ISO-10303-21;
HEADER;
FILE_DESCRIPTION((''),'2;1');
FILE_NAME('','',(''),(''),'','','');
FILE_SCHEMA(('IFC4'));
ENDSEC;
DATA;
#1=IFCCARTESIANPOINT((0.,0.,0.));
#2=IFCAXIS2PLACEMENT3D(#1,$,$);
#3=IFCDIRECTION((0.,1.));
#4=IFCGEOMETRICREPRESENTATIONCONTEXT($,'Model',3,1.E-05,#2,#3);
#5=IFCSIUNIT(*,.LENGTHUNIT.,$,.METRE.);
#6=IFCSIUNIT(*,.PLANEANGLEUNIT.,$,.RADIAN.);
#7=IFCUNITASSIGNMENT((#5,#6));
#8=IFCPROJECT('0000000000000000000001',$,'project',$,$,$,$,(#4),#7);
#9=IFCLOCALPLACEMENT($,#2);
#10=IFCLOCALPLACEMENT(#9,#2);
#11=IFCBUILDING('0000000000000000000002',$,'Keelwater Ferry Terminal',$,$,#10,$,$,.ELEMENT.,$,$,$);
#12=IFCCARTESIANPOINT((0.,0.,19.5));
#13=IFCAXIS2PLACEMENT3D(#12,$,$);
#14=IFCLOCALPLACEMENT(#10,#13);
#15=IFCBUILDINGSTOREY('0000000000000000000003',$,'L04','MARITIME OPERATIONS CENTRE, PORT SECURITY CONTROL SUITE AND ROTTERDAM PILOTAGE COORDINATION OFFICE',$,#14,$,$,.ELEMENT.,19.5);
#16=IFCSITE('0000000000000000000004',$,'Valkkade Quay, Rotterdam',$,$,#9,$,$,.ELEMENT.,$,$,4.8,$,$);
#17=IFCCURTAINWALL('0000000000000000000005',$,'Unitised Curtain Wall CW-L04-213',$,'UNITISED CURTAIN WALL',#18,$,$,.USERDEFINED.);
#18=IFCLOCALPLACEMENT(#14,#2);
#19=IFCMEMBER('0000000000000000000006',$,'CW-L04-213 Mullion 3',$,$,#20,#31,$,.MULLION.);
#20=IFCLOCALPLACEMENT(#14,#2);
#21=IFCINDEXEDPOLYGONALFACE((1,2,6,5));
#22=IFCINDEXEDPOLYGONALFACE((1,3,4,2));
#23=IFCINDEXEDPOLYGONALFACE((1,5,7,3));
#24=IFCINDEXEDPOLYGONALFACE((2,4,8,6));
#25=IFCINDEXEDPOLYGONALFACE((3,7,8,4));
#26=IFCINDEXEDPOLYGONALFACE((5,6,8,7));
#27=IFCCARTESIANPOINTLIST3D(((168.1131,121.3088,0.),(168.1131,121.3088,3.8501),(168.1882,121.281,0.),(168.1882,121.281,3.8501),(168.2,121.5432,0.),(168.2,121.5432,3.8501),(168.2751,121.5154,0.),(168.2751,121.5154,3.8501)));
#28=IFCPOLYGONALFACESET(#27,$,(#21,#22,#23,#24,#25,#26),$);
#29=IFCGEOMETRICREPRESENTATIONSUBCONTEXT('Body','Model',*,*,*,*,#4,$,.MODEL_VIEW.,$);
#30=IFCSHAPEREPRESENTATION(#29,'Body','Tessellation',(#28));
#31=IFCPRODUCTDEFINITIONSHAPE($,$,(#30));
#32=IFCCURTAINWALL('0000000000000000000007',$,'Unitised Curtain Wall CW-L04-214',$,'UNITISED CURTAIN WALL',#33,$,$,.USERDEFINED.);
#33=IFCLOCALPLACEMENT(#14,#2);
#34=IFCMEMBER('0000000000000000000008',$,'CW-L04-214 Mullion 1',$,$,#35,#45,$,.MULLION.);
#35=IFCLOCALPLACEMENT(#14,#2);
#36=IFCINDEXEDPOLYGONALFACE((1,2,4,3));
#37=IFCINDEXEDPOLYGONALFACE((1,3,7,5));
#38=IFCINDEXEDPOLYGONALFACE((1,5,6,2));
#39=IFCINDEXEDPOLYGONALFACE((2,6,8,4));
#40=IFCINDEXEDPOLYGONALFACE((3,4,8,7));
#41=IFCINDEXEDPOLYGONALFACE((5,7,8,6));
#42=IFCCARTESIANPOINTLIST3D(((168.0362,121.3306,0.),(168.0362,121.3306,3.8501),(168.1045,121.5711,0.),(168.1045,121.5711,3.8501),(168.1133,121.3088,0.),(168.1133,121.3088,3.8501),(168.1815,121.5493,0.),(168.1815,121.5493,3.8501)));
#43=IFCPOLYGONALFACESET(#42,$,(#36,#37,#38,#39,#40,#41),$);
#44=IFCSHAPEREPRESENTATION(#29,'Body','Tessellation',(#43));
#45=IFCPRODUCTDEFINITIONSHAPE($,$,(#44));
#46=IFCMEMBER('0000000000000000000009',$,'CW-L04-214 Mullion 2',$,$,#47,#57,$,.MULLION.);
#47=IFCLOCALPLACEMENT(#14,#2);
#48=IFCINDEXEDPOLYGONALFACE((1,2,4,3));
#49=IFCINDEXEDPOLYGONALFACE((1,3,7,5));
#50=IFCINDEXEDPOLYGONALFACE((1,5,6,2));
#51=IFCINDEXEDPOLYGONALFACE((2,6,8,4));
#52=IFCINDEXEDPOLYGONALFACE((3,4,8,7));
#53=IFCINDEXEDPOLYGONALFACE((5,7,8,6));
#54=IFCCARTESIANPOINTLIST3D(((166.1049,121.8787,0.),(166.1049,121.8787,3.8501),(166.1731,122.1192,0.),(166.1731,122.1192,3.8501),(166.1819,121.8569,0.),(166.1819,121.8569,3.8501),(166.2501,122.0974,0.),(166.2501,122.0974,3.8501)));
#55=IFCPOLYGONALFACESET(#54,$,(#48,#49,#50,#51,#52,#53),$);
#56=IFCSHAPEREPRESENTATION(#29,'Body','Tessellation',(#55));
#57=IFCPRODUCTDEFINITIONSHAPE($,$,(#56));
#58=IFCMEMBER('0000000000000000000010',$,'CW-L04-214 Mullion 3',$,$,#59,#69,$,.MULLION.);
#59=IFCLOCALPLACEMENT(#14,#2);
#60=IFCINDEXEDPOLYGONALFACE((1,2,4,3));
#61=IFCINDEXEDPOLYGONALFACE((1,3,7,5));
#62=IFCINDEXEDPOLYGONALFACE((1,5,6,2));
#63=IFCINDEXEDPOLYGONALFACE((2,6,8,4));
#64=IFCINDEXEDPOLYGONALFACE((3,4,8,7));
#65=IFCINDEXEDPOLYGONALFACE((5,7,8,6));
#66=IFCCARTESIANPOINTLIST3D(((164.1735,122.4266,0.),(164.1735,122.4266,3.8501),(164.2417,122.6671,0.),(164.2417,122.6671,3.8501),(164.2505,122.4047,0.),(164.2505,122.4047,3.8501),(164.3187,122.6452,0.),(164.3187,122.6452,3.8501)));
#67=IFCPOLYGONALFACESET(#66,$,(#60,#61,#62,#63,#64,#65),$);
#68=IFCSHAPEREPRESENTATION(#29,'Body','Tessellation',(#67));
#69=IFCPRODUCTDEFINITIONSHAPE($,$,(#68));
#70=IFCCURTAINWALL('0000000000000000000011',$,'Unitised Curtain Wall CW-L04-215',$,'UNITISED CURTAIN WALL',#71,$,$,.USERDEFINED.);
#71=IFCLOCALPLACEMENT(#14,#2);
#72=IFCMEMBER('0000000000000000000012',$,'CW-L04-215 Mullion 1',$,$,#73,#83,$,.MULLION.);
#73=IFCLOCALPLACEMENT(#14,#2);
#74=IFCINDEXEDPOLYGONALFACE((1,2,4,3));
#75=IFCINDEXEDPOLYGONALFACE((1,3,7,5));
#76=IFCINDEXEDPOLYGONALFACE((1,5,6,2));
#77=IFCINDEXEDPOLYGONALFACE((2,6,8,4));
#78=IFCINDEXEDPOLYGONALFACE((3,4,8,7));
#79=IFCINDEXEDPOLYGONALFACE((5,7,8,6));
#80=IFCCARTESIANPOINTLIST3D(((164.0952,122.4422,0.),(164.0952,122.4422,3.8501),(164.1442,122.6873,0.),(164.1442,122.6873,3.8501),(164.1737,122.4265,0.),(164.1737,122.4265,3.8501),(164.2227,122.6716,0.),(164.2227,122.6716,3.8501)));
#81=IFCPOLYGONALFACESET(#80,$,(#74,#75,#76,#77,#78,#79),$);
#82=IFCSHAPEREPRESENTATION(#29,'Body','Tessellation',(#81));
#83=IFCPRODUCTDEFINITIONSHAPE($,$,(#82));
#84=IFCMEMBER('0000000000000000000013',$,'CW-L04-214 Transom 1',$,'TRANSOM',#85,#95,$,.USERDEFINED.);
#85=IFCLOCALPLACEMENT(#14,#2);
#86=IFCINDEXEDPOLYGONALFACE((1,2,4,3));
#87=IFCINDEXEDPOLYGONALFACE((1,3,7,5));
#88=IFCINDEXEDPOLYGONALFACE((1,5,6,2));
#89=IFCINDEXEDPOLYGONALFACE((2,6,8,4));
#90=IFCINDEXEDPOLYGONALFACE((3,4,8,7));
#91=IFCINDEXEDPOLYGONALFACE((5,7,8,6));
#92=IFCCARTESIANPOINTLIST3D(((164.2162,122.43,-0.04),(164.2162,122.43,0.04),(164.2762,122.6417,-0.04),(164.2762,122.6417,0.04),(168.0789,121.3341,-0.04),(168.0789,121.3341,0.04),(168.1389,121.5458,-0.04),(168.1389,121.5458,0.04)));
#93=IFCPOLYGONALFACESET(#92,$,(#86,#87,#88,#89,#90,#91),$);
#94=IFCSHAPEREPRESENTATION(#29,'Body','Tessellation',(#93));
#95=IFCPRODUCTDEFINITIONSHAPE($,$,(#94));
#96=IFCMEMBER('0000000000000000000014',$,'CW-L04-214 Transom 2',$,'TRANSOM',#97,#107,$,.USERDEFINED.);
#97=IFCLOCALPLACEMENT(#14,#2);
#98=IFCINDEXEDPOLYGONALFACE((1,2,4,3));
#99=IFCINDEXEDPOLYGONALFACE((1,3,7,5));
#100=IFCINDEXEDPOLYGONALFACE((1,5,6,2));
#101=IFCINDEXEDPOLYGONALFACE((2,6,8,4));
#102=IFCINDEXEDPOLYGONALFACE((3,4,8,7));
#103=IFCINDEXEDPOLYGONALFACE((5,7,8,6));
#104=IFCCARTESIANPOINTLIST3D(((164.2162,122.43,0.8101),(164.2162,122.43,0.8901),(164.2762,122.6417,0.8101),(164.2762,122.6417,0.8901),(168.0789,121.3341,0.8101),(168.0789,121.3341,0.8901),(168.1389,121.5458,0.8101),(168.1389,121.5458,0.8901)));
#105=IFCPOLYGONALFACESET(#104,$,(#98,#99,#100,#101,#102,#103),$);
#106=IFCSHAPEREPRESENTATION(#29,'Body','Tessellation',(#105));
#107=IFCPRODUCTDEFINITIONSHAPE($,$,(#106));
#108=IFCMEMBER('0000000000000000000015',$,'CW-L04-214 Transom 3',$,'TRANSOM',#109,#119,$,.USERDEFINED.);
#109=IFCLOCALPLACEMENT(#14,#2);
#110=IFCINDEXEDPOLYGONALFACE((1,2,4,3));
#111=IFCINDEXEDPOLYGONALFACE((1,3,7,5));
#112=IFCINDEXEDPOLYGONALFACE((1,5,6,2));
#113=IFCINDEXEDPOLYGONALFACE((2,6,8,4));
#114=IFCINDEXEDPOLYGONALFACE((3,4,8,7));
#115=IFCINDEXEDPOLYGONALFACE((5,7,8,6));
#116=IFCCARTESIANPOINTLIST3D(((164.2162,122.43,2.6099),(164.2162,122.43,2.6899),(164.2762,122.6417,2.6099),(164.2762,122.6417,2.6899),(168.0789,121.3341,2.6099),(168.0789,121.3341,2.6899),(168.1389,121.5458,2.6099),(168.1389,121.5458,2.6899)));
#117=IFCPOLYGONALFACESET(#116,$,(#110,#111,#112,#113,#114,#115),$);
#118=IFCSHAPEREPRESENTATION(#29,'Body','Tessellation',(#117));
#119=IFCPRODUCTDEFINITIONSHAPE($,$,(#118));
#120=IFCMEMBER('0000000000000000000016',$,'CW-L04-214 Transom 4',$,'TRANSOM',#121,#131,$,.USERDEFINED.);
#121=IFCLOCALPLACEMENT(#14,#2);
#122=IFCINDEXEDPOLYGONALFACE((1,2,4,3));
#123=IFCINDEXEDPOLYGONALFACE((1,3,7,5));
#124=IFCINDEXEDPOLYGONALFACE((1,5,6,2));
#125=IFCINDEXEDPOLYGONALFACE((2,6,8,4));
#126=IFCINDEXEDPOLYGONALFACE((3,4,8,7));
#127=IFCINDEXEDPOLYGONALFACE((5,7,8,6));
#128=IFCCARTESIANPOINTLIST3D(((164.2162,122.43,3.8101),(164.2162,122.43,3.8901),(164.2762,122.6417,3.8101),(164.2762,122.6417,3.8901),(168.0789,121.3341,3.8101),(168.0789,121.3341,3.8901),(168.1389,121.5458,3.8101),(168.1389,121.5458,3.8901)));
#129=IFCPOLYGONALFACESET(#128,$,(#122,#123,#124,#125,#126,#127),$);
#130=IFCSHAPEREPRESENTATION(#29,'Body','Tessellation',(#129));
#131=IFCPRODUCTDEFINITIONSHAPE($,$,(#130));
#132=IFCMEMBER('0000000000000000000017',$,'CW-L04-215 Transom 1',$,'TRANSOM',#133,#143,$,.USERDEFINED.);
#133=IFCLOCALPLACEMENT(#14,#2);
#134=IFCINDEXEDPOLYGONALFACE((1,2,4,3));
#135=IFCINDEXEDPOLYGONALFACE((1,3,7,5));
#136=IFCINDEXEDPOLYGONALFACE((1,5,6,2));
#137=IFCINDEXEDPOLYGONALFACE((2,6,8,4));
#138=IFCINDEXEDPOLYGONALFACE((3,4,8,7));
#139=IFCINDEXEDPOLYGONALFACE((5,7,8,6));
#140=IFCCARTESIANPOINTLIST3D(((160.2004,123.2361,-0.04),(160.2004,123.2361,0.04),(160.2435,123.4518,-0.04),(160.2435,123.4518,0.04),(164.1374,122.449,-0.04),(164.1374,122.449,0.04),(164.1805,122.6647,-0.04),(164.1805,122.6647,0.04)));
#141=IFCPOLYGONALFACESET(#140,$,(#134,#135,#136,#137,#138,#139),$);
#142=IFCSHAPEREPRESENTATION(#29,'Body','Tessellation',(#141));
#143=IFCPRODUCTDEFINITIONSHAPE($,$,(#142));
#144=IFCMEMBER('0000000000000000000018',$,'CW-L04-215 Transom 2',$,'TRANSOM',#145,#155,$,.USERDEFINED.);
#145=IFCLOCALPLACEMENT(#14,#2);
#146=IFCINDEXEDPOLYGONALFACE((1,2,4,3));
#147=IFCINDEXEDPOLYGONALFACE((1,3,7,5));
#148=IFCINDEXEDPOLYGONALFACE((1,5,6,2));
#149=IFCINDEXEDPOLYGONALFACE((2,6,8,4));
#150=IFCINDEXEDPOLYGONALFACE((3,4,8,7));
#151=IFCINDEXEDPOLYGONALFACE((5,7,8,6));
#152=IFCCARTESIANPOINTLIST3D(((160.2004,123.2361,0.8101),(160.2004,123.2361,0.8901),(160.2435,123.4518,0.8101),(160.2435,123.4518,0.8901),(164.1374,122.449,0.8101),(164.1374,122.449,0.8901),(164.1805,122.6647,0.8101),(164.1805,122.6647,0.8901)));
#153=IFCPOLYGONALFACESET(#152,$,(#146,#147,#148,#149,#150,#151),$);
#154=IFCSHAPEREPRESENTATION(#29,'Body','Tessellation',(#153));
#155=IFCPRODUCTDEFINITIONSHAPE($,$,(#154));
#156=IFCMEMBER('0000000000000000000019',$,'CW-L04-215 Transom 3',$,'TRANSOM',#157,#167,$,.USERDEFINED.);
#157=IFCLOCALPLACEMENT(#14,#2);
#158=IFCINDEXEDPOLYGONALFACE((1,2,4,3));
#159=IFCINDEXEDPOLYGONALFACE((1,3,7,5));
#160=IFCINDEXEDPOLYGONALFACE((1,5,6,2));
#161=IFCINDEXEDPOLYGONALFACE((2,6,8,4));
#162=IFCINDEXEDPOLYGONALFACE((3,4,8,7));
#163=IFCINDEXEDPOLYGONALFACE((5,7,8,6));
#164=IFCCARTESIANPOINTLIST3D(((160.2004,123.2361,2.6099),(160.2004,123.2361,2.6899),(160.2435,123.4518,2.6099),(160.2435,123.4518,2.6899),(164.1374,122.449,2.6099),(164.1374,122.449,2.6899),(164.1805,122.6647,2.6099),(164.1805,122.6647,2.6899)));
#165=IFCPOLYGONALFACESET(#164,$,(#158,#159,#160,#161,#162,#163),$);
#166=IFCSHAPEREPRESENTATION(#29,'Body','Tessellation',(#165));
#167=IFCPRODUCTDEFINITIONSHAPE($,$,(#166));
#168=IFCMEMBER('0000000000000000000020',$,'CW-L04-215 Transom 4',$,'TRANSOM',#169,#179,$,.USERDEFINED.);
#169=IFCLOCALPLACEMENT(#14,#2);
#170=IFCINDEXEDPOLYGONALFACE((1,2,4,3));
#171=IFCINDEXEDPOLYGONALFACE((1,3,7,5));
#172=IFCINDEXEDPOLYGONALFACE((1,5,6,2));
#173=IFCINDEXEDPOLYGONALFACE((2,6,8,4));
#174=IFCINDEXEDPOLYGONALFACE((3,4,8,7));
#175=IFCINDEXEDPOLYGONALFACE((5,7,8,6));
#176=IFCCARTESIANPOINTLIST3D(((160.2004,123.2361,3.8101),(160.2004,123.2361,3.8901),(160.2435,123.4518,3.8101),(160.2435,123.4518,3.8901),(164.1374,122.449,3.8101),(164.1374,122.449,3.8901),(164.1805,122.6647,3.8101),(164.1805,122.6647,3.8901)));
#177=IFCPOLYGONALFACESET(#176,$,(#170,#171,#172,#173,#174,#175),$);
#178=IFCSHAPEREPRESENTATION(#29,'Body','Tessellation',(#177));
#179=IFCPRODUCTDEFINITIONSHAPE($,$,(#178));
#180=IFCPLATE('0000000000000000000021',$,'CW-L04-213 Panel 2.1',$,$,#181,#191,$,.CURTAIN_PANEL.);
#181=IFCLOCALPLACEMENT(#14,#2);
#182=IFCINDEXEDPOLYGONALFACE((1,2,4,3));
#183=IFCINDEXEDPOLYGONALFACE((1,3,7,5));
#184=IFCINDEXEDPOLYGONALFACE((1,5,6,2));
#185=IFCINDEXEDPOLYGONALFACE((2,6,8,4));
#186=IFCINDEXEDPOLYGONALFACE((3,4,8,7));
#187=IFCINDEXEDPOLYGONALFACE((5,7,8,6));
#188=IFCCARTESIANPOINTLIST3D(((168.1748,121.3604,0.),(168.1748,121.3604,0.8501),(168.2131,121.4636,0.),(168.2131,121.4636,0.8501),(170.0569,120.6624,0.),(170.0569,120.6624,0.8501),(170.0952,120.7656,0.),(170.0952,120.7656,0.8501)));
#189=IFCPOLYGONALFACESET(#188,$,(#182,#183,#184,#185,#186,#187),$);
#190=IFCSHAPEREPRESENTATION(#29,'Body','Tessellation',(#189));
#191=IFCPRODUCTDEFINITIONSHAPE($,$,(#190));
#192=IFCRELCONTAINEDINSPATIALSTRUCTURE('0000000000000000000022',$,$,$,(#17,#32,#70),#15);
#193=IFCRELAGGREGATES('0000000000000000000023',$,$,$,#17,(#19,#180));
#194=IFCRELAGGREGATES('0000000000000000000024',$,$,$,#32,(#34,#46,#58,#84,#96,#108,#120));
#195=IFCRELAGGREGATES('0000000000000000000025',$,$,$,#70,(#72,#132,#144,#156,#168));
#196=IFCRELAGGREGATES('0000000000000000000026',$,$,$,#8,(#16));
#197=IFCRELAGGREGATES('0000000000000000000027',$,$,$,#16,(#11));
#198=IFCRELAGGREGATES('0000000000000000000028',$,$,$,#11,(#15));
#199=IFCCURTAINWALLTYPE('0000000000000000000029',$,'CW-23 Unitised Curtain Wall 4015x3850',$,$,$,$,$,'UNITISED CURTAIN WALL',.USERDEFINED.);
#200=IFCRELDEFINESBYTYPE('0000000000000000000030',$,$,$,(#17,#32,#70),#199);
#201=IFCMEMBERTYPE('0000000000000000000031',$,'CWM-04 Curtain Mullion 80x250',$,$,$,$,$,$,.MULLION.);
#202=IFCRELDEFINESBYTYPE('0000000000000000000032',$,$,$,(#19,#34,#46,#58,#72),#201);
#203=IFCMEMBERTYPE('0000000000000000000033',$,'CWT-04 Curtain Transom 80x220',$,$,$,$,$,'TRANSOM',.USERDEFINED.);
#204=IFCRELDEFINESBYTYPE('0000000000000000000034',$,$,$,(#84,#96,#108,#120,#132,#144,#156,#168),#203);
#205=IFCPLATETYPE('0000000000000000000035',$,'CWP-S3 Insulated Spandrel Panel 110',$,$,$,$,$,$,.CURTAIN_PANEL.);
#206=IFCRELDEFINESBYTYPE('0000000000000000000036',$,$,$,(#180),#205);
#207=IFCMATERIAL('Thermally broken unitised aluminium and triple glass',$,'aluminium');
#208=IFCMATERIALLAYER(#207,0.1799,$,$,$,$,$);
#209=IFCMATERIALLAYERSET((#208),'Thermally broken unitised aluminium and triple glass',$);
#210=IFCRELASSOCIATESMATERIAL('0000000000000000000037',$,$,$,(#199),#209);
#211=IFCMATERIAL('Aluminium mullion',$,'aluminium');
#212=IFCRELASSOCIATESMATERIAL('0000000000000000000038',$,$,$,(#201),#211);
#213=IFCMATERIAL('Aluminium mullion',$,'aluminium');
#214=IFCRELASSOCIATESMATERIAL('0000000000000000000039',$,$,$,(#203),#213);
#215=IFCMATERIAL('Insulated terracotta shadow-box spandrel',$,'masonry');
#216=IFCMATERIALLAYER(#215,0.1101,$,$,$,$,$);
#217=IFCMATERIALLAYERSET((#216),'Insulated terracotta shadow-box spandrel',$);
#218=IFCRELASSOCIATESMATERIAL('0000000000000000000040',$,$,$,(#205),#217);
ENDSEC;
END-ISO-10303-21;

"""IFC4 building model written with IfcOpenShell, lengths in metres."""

from ifc_helpers import new_model, si_unit, direction, frame, origin, origin_2d, place, context, subcontext, project, spatial, rectangle, extrude, material, layer, layer_set, material_profile, profile_set, type_object, element, aggregate, save


model = new_model("IFC4")

# Units and contexts
model_context = context("Model", 3, precision=1e-05, world=origin(), true_north=direction((0.0, 1.0)))
body_context = subcontext(model_context, "Body", "Model", "MODEL_VIEW")
ifc_project = project(units=[si_unit("LENGTHUNIT", "METRE"), si_unit("PLANEANGLEUNIT", "RADIAN")], contexts=[model_context])

# Site, building, storey
site_placement = place(None, origin())
site = spatial("IfcSite", under=ifc_project, at=site_placement, Name="Valkkade Quay, Rotterdam", CompositionType="ELEMENT", RefElevation=4.8)
building_placement = place(site_placement, origin())
building = spatial("IfcBuilding", under=site, at=building_placement, Name="Keelwater Ferry Terminal", CompositionType="ELEMENT")
storey_placement = place(building_placement, frame((0.0, 0.0, 19.5)))
storey = spatial("IfcBuildingStorey", under=building, at=storey_placement, Name="L04", Description="MARITIME OPERATIONS CENTRE, PORT SECURITY CONTROL SUITE AND ROTTERDAM PILOTAGE COORDINATION OFFICE", CompositionType="ELEMENT", Elevation=19.5)

# Curtain wall, member
ifc_material_1 = material(Name="Thermally broken unitised aluminium and triple glass", Category="aluminium")
ifc_layer_1 = layer(ifc_material_1, 0.1799)
ifc_layer_set_1 = layer_set([ifc_layer_1], Name="Thermally broken unitised aluminium and triple glass")
curtain_wall_type = type_object("IfcCurtainWallType", Name="CW-23 Unitised Curtain Wall 4015x3850", ElementType="UNITISED CURTAIN WALL", PredefinedType="USERDEFINED", material=ifc_layer_set_1)
curtain_wall_1_placement = place(storey_placement, origin())
curtain_wall_1 = element("IfcCurtainWall", 1, at=curtain_wall_1_placement, inside=storey, type_object=curtain_wall_type, Name="Unitised Curtain Wall CW-L04-213", ObjectType="UNITISED CURTAIN WALL", PredefinedType="USERDEFINED")
ifc_material_2 = material(Name="Aluminium mullion", Category="aluminium")
ifc_material_profile_1 = material_profile(ifc_material_2, rectangle(XDim=0.0801, YDim=0.25, at=origin_2d()), Name="CWM-04")
ifc_profile_set_1 = profile_set([ifc_material_profile_1], Name="Aluminium mullion")
member_type_1 = type_object("IfcMemberType", Name="CWM-04 Curtain Mullion 80x250", PredefinedType="MULLION", material=ifc_profile_set_1)
member_1_placement = place(storey_placement, frame((168.1941, 121.4121, 0.0), z_axis=(0.0, 0.0, 1.0), x_axis=(-0.937592, 0.347736, 0.0)))
member_1 = element("IfcMember", 2, at=member_1_placement, type_object=member_type_1, Name="CW-L04-213 Mullion 3", PredefinedType="MULLION", context=body_context, shape_type="SweptSolid", body=[
    extrude(rectangle(XDim=0.0801, YDim=0.25, at=origin_2d()), origin(), (0.0, 0.0, 1.0), 3.8501),
])

# Curtain wall, members
curtain_wall_2_placement = place(storey_placement, origin())
curtain_wall_2 = element("IfcCurtainWall", 3, at=curtain_wall_2_placement, inside=storey, type_object=curtain_wall_type, Name="Unitised Curtain Wall CW-L04-214", ObjectType="UNITISED CURTAIN WALL", PredefinedType="USERDEFINED")
member_2_placement = place(storey_placement, frame((168.1089, 121.4399, 0.0), z_axis=(0.0, 0.0, 1.0), x_axis=(-0.96203, 0.272945, 0.0)))
member_2 = element("IfcMember", 4, at=member_2_placement, type_object=member_type_1, Name="CW-L04-214 Mullion 1", PredefinedType="MULLION", context=body_context, shape_type="SweptSolid", body=[
    extrude(rectangle(XDim=0.0801, YDim=0.25, at=origin_2d()), origin(), (0.0, 0.0, 1.0), 3.8501),
])
member_3_placement = place(storey_placement, frame((166.1775, 121.988, 0.0), z_axis=(0.0, 0.0, 1.0), x_axis=(-0.96203, 0.272945, 0.0)))
member_3 = element("IfcMember", 5, at=member_3_placement, type_object=member_type_1, Name="CW-L04-214 Mullion 2", PredefinedType="MULLION", context=body_context, shape_type="SweptSolid", body=[
    extrude(rectangle(XDim=0.0801, YDim=0.25, at=origin_2d()), origin(), (0.0, 0.0, 1.0), 3.8501),
])
member_4_placement = place(storey_placement, frame((164.2461, 122.5359, 0.0), z_axis=(0.0, 0.0, 1.0), x_axis=(-0.96203, 0.272945, 0.0)))
member_4 = element("IfcMember", 6, at=member_4_placement, type_object=member_type_1, Name="CW-L04-214 Mullion 3", PredefinedType="MULLION", context=body_context, shape_type="SweptSolid", body=[
    extrude(rectangle(XDim=0.0801, YDim=0.25, at=origin_2d()), origin(), (0.0, 0.0, 1.0), 3.8501),
])

# Curtain wall, member
curtain_wall_3_placement = place(storey_placement, origin())
curtain_wall_3 = element("IfcCurtainWall", 7, at=curtain_wall_3_placement, inside=storey, type_object=curtain_wall_type, Name="Unitised Curtain Wall CW-L04-215", ObjectType="UNITISED CURTAIN WALL", PredefinedType="USERDEFINED")
member_5_placement = place(storey_placement, frame((164.1589, 122.5569, 0.0), z_axis=(0.0, 0.0, 1.0), x_axis=(-0.9806, 0.19602, 0.0)))
member_5 = element("IfcMember", 8, at=member_5_placement, type_object=member_type_1, Name="CW-L04-215 Mullion 1", PredefinedType="MULLION", context=body_context, shape_type="SweptSolid", body=[
    extrude(rectangle(XDim=0.0801, YDim=0.25, at=origin_2d()), origin(), (0.0, 0.0, 1.0), 3.8501),
])

# Members
ifc_material_3 = material(Name="Aluminium mullion", Category="aluminium")
ifc_material_profile_2 = material_profile(ifc_material_3, rectangle(XDim=0.22, YDim=0.0801, at=origin_2d()), Name="CWT-04")
ifc_profile_set_2 = profile_set([ifc_material_profile_2], Name="Aluminium mullion")
member_type_2 = type_object("IfcMemberType", Name="CWT-04 Curtain Transom 80x220", ElementType="TRANSOM", PredefinedType="USERDEFINED", material=ifc_profile_set_2)
member_6_placement = place(storey_placement, frame((168.1089, 121.4399, 0.0), z_axis=(-0.962029, 0.272946, 0.0), x_axis=(-0.272946, -0.962029, 0.0)))
member_6 = element("IfcMember", 9, at=member_6_placement, type_object=member_type_2, Name="CW-L04-214 Transom 1", ObjectType="TRANSOM", PredefinedType="USERDEFINED", context=body_context, shape_type="SweptSolid", body=[
    extrude(rectangle(XDim=0.22, YDim=0.0801, at=origin_2d()), origin(), (0.0, 0.0, 1.0), 4.0151),
])
member_7_placement = place(storey_placement, frame((168.1089, 121.4399, 0.8501), z_axis=(-0.962029, 0.272946, 0.0), x_axis=(-0.272946, -0.962029, 0.0)))
member_7 = element("IfcMember", 10, at=member_7_placement, type_object=member_type_2, Name="CW-L04-214 Transom 2", ObjectType="TRANSOM", PredefinedType="USERDEFINED", context=body_context, shape_type="SweptSolid", body=[
    extrude(rectangle(XDim=0.22, YDim=0.0801, at=origin_2d()), origin(), (0.0, 0.0, 1.0), 4.0151),
])
member_8_placement = place(storey_placement, frame((168.1089, 121.4399, 2.6499), z_axis=(-0.962029, 0.272946, 0.0), x_axis=(-0.272946, -0.962029, 0.0)))
member_8 = element("IfcMember", 11, at=member_8_placement, type_object=member_type_2, Name="CW-L04-214 Transom 3", ObjectType="TRANSOM", PredefinedType="USERDEFINED", context=body_context, shape_type="SweptSolid", body=[
    extrude(rectangle(XDim=0.22, YDim=0.0801, at=origin_2d()), origin(), (0.0, 0.0, 1.0), 4.0151),
])
member_9_placement = place(storey_placement, frame((168.1089, 121.4399, 3.8501), z_axis=(-0.962029, 0.272946, 0.0), x_axis=(-0.272946, -0.962029, 0.0)))
member_9 = element("IfcMember", 12, at=member_9_placement, type_object=member_type_2, Name="CW-L04-214 Transom 4", ObjectType="TRANSOM", PredefinedType="USERDEFINED", context=body_context, shape_type="SweptSolid", body=[
    extrude(rectangle(XDim=0.22, YDim=0.0801, at=origin_2d()), origin(), (0.0, 0.0, 1.0), 4.0151),
])
member_10_placement = place(storey_placement, frame((164.1589, 122.5569, 0.0), z_axis=(-0.980595, 0.196046, 0.0), x_axis=(-0.196046, -0.980595, 0.0)))
member_10 = element("IfcMember", 13, at=member_10_placement, type_object=member_type_2, Name="CW-L04-215 Transom 1", ObjectType="TRANSOM", PredefinedType="USERDEFINED", context=body_context, shape_type="SweptSolid", body=[
    extrude(rectangle(XDim=0.22, YDim=0.0801, at=origin_2d()), origin(), (0.0, 0.0, 1.0), 4.0149),
])
member_11_placement = place(storey_placement, frame((164.1589, 122.5569, 0.8501), z_axis=(-0.980595, 0.196046, 0.0), x_axis=(-0.196046, -0.980595, 0.0)))
member_11 = element("IfcMember", 14, at=member_11_placement, type_object=member_type_2, Name="CW-L04-215 Transom 2", ObjectType="TRANSOM", PredefinedType="USERDEFINED", context=body_context, shape_type="SweptSolid", body=[
    extrude(rectangle(XDim=0.22, YDim=0.0801, at=origin_2d()), origin(), (0.0, 0.0, 1.0), 4.0149),
])
member_12_placement = place(storey_placement, frame((164.1589, 122.5569, 2.6499), z_axis=(-0.980595, 0.196046, 0.0), x_axis=(-0.196046, -0.980595, 0.0)))
member_12 = element("IfcMember", 15, at=member_12_placement, type_object=member_type_2, Name="CW-L04-215 Transom 3", ObjectType="TRANSOM", PredefinedType="USERDEFINED", context=body_context, shape_type="SweptSolid", body=[
    extrude(rectangle(XDim=0.22, YDim=0.0801, at=origin_2d()), origin(), (0.0, 0.0, 1.0), 4.0149),
])
member_13_placement = place(storey_placement, frame((164.1589, 122.5569, 3.8501), z_axis=(-0.980595, 0.196046, 0.0), x_axis=(-0.196046, -0.980595, 0.0)))
member_13 = element("IfcMember", 16, at=member_13_placement, type_object=member_type_2, Name="CW-L04-215 Transom 4", ObjectType="TRANSOM", PredefinedType="USERDEFINED", context=body_context, shape_type="SweptSolid", body=[
    extrude(rectangle(XDim=0.22, YDim=0.0801, at=origin_2d()), origin(), (0.0, 0.0, 1.0), 4.0149),
])

# Plate
ifc_material_4 = material(Name="Insulated terracotta shadow-box spandrel", Category="masonry")
ifc_layer_2 = layer(ifc_material_4, 0.1101)
ifc_layer_set_2 = layer_set([ifc_layer_2], Name="Insulated terracotta shadow-box spandrel")
plate_type_1 = type_object("IfcPlateType", Name="CWP-S3 Insulated Spandrel Panel 110", PredefinedType="CURTAIN_PANEL", material=ifc_layer_set_2)
plate_1_placement = place(storey_placement, frame((169.135, 121.063, 0.0), z_axis=(0.0, 0.0, 1.0), x_axis=(-0.937592, 0.347736, 0.0)))
plate_1 = element("IfcPlate", 17, at=plate_1_placement, type_object=plate_type_1, Name="CW-L04-213 Panel 2.1", PredefinedType="CURTAIN_PANEL", context=body_context, shape_type="SweptSolid", body=[
    extrude(rectangle(XDim=2.0073, YDim=0.1101, at=origin_2d()), origin(), (0.0, 0.0, 1.0), 0.8501),
])
aggregate(curtain_wall_1, [member_1, plate_1])
aggregate(curtain_wall_2, [member_2, member_3, member_4, member_6, member_7, member_8, member_9])
aggregate(curtain_wall_3, [member_5, member_10, member_11, member_12, member_13])

save(model, "model.ifc")
